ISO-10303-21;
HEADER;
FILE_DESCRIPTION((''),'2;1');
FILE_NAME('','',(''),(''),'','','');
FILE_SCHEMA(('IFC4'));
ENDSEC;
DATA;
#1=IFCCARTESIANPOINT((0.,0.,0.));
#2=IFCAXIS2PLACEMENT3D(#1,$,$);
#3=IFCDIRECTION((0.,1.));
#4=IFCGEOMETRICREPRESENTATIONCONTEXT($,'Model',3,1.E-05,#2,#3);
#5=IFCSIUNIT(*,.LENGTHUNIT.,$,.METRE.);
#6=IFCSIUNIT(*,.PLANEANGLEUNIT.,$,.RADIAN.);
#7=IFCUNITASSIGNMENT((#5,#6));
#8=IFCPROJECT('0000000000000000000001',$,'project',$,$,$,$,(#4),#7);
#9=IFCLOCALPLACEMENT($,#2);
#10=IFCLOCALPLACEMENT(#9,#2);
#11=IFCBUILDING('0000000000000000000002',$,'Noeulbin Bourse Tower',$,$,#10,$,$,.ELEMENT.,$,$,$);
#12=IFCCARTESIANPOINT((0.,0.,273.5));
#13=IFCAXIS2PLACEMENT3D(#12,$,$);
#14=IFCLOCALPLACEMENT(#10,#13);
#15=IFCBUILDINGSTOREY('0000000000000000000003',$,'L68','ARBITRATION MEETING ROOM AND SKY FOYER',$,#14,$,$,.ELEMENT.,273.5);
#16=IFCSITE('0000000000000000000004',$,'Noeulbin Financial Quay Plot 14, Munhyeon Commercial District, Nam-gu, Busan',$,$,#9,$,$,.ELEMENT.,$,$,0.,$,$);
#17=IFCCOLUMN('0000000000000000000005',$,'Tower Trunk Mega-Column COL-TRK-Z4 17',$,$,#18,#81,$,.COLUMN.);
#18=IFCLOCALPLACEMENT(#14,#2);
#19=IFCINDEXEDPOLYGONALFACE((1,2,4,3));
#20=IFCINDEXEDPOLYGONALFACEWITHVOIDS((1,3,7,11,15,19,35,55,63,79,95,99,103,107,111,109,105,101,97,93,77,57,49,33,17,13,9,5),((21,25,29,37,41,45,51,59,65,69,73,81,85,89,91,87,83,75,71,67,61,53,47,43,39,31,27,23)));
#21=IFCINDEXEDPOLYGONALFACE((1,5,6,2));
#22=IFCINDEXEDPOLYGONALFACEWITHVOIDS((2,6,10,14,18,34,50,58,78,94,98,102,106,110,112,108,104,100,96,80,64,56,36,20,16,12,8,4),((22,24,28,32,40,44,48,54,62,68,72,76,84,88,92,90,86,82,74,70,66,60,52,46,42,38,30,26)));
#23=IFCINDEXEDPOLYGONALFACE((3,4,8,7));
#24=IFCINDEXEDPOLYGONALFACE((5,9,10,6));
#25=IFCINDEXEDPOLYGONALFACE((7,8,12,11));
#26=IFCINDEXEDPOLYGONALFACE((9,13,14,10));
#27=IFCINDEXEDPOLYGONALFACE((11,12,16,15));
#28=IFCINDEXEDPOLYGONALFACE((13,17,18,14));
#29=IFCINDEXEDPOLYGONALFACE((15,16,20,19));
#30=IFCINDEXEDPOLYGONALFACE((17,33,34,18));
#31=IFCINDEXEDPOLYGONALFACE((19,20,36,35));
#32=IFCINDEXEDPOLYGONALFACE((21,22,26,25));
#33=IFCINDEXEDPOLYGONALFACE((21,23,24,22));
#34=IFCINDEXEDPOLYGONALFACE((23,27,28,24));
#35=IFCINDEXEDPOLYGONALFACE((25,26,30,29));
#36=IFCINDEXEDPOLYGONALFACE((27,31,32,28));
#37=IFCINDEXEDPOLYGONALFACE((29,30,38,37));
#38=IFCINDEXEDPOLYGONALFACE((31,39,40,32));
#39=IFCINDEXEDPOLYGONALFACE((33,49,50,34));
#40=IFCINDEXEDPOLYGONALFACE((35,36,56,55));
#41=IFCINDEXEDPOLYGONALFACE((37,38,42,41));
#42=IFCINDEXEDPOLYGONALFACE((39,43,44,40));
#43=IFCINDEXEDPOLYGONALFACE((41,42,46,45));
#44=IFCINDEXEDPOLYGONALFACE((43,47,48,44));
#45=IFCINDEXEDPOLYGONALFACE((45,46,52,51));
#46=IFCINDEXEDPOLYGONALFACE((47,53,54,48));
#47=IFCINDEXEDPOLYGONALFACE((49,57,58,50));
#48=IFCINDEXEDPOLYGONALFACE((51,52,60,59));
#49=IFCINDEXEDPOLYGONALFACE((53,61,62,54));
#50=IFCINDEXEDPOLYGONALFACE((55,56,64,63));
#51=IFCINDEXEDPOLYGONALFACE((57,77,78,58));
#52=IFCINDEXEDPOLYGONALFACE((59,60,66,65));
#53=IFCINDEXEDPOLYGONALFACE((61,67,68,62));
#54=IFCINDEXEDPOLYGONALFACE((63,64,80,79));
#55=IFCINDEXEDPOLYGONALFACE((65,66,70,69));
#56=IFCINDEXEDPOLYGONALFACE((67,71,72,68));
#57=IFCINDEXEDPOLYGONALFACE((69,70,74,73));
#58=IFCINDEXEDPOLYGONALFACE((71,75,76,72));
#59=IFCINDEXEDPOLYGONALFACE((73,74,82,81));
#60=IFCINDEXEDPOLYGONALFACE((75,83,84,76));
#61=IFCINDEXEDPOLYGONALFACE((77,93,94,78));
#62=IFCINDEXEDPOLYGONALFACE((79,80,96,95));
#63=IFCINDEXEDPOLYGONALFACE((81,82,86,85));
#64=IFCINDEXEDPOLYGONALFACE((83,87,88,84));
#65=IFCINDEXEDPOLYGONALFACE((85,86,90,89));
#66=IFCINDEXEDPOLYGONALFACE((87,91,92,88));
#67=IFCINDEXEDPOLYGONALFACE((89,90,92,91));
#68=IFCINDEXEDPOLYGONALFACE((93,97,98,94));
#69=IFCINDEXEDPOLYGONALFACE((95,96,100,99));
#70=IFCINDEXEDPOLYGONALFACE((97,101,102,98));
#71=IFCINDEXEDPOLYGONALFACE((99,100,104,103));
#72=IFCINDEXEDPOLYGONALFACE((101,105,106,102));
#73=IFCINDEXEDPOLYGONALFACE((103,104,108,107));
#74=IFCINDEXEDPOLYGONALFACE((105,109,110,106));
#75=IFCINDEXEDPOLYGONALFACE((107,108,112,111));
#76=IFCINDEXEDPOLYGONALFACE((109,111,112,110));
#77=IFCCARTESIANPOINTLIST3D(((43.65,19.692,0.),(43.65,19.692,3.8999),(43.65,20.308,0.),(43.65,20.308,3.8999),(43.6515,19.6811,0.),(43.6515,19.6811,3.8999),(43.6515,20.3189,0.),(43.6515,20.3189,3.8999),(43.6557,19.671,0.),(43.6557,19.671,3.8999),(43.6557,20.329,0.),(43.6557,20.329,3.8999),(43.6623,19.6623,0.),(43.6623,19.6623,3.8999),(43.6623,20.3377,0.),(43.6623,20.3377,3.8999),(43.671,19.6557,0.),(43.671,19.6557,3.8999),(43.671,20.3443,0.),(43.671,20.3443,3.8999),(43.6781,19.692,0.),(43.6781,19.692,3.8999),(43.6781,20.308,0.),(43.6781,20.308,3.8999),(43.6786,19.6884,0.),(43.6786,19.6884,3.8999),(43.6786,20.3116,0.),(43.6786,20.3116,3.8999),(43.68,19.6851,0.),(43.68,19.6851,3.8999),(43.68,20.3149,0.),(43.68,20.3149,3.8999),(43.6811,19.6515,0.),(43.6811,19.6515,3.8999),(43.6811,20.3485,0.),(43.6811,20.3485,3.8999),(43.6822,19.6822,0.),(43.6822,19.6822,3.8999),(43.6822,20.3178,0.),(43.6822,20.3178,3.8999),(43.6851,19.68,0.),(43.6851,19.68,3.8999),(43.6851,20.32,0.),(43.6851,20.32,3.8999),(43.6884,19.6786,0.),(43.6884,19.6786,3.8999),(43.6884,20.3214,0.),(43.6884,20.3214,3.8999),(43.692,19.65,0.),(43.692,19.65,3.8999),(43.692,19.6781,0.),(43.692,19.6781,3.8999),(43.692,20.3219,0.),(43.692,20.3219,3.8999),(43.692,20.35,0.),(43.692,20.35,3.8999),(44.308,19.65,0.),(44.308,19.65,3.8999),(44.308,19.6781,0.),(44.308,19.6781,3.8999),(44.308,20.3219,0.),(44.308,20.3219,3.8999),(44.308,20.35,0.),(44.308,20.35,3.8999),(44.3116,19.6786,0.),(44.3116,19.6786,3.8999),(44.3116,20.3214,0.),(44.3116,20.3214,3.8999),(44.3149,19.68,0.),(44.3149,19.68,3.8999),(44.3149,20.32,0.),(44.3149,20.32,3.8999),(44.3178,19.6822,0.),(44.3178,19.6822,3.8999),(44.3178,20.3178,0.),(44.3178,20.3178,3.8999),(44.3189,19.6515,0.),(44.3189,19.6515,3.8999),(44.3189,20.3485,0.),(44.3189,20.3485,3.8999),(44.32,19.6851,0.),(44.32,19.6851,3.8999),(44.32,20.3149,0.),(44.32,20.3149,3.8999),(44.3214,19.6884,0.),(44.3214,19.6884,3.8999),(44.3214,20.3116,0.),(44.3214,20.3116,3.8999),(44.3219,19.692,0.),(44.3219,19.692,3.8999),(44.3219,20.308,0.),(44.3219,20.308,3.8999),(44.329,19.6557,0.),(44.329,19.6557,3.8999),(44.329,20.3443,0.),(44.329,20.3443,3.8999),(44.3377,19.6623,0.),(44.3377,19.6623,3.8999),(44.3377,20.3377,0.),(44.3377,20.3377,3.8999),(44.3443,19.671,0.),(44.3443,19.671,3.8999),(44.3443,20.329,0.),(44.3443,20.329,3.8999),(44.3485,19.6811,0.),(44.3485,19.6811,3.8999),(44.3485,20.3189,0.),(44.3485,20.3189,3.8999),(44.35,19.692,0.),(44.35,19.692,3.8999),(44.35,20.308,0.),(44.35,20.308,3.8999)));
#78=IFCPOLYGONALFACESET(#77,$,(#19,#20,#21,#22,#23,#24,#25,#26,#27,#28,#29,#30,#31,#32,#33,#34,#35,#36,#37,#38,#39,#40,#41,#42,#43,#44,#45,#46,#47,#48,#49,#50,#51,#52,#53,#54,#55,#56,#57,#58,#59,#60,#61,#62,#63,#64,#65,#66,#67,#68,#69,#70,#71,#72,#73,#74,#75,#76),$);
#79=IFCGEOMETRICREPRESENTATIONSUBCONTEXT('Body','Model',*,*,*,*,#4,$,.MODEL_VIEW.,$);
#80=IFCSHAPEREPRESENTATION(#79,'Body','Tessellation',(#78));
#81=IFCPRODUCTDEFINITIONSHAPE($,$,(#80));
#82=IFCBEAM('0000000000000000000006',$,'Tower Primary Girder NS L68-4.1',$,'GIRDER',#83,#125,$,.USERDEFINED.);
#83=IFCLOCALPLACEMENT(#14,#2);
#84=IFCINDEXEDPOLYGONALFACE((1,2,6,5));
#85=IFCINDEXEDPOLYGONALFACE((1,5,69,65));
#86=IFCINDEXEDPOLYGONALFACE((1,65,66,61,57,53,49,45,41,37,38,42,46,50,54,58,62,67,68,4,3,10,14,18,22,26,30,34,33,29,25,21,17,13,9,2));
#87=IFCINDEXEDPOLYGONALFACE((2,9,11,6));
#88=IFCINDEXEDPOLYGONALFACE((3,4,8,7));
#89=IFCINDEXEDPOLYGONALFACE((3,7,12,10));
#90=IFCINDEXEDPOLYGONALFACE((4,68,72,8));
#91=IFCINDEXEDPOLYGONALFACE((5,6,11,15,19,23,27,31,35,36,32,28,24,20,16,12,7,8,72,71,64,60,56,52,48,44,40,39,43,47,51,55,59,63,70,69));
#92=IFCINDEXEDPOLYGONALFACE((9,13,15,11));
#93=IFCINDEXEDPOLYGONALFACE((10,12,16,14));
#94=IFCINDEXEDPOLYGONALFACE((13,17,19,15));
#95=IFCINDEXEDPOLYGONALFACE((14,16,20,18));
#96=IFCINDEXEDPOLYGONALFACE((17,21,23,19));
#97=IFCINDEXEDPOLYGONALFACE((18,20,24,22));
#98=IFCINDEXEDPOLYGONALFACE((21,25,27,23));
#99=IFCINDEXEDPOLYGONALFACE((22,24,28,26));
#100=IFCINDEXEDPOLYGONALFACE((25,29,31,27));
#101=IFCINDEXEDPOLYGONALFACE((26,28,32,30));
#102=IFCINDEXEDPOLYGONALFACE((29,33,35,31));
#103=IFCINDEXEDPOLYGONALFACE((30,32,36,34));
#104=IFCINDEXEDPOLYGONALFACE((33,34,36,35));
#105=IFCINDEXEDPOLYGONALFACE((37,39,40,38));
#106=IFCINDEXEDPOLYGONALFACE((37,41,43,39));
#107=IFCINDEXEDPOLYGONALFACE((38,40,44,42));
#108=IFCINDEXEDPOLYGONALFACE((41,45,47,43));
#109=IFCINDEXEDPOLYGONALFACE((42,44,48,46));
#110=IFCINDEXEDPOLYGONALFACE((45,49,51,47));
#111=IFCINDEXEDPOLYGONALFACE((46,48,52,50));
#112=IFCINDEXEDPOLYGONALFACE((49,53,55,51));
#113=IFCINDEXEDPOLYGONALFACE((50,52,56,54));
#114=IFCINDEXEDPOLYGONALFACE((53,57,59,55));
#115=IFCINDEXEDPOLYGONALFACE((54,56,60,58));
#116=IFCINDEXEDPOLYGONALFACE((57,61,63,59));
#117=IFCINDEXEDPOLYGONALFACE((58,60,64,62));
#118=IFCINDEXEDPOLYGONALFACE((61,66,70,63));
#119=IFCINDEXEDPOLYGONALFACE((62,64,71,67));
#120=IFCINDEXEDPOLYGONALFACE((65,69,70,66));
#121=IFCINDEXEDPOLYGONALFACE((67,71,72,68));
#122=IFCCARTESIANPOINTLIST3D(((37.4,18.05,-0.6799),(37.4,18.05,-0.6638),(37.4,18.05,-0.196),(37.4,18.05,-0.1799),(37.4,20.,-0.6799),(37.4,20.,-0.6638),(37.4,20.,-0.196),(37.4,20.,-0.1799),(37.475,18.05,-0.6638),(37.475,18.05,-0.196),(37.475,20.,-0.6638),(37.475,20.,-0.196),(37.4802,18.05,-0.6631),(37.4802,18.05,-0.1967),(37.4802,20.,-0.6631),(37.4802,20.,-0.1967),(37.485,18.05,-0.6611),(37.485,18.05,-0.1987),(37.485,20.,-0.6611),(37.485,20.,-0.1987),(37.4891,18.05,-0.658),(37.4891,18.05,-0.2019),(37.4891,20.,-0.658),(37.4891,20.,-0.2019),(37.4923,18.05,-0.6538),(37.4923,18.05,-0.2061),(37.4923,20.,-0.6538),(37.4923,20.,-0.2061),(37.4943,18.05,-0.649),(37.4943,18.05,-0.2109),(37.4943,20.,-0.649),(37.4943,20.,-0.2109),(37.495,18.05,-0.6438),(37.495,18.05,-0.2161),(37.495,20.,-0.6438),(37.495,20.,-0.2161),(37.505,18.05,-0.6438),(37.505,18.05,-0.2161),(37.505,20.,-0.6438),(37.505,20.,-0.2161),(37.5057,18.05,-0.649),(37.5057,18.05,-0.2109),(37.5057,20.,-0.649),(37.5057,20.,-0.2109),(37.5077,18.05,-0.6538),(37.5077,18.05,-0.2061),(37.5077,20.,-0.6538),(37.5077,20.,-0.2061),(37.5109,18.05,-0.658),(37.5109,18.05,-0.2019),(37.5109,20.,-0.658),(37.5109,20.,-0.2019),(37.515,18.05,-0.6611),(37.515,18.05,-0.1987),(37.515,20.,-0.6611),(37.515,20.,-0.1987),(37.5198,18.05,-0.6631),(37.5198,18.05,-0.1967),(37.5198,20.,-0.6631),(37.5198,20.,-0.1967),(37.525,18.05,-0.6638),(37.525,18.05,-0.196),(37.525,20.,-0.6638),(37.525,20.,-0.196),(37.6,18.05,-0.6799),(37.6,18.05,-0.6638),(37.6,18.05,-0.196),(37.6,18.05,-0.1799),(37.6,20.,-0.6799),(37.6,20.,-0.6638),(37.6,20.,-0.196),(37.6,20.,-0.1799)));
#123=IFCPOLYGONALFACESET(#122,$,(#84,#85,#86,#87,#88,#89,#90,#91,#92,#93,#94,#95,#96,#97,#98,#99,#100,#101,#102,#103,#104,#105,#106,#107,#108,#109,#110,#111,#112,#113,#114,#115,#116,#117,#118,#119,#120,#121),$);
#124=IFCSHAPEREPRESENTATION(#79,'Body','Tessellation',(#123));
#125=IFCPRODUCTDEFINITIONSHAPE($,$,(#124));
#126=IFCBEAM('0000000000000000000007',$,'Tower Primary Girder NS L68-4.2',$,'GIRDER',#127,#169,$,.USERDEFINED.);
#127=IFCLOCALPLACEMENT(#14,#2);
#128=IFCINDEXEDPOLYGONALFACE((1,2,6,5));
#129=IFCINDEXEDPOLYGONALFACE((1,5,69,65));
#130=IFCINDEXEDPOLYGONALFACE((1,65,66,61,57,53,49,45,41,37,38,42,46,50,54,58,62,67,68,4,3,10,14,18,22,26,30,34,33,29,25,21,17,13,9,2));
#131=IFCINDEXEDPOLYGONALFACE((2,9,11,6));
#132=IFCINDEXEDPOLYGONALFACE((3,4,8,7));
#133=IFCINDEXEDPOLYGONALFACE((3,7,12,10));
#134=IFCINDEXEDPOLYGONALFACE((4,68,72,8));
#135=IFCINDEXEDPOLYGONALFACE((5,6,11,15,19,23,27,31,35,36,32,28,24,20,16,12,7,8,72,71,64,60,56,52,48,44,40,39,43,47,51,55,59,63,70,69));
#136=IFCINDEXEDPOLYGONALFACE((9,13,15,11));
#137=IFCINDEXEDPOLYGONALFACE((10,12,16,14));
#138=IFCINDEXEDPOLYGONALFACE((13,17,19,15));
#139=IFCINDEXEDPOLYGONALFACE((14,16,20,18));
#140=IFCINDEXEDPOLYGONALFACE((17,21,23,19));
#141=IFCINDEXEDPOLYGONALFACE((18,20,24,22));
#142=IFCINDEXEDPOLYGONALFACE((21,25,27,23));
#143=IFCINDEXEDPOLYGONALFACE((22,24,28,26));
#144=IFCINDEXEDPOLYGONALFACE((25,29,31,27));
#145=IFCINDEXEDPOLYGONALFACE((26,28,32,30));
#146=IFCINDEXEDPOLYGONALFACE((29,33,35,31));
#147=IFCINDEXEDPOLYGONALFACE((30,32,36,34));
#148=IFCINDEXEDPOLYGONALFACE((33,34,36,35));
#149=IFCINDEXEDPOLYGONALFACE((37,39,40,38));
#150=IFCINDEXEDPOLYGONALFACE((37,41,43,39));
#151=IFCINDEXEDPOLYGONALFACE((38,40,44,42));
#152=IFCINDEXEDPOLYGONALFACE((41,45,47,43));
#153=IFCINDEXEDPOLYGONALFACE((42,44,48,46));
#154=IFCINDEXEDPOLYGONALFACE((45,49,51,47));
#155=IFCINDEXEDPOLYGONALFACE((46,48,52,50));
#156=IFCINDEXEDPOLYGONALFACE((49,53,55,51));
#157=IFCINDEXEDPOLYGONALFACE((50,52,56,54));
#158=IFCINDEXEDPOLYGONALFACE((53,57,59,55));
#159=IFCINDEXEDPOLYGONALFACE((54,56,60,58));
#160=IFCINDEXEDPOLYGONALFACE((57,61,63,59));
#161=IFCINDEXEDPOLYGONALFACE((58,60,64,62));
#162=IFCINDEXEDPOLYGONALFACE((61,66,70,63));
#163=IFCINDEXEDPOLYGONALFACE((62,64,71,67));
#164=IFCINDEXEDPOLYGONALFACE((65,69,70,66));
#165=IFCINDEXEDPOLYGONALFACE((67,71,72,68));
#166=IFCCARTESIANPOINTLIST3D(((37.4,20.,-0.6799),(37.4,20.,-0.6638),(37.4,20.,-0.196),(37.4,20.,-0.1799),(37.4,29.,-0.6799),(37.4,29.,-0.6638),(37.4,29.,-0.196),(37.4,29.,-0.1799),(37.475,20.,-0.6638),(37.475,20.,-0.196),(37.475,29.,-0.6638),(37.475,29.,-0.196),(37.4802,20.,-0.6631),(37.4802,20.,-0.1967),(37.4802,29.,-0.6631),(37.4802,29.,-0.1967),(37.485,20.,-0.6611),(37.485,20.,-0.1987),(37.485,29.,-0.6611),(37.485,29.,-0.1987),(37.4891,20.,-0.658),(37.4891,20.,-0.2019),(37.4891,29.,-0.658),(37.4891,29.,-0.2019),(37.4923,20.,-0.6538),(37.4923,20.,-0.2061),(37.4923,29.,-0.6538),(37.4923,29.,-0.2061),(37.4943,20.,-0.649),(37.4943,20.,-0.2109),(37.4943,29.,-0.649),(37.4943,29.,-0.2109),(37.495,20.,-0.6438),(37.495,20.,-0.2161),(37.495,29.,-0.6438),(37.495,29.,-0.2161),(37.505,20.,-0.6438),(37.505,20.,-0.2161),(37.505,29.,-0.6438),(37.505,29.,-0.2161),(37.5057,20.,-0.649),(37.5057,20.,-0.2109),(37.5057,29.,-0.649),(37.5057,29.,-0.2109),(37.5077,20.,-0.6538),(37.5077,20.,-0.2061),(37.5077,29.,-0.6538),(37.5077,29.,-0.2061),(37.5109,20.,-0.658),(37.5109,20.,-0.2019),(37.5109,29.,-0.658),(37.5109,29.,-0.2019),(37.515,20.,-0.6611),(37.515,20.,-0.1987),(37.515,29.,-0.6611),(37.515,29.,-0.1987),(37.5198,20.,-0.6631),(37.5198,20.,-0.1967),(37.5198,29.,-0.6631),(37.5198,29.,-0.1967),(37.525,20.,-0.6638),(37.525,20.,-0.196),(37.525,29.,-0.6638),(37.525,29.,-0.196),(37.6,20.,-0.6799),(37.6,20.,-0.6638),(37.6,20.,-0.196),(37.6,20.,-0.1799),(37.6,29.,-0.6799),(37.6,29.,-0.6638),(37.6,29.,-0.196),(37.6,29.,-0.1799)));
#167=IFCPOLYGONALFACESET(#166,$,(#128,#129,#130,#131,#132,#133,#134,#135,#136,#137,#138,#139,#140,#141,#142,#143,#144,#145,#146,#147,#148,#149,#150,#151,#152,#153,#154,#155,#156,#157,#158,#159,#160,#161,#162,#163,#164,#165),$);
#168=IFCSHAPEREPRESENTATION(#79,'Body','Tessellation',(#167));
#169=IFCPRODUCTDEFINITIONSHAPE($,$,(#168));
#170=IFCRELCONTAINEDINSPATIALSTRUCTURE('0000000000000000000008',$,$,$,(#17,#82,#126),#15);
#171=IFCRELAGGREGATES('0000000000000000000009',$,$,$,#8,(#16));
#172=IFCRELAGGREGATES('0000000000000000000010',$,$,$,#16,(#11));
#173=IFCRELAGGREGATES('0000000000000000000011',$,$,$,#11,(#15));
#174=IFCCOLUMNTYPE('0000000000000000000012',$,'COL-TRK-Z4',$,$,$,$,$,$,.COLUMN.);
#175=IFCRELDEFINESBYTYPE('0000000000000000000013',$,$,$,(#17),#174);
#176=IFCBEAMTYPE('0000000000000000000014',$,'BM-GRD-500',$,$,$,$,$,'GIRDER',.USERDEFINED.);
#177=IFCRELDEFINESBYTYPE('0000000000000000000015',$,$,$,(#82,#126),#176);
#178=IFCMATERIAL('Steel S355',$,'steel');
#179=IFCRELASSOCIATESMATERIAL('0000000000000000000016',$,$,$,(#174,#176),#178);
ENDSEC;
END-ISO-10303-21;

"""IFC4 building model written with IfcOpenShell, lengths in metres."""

from ifc_helpers import new_model, si_unit, direction, frame, origin, origin_2d, place, context, subcontext, project, spatial, hollow_rectangle, i_section, extrude, material, material_profile, profile_set, type_object, element, save


model = new_model("IFC4")

# Units and contexts
model_context = context("Model", 3, precision=1e-05, world=origin(), true_north=direction((0.0, 1.0)))
body_context = subcontext(model_context, "Body", "Model", "MODEL_VIEW")
ifc_project = project(units=[si_unit("LENGTHUNIT", "METRE"), si_unit("PLANEANGLEUNIT", "RADIAN")], contexts=[model_context])

# Site, building, storey
site_placement = place(None, origin())
site = spatial("IfcSite", under=ifc_project, at=site_placement, Name="Noeulbin Financial Quay Plot 14, Munhyeon Commercial District, Nam-gu, Busan", CompositionType="ELEMENT", RefElevation=0.0)
building_placement = place(site_placement, origin())
building = spatial("IfcBuilding", under=site, at=building_placement, Name="Noeulbin Bourse Tower", CompositionType="ELEMENT")
storey_placement = place(building_placement, frame((0.0, 0.0, 273.5)))
storey = spatial("IfcBuildingStorey", under=building, at=storey_placement, Name="L68", Description="ARBITRATION MEETING ROOM AND SKY FOYER", CompositionType="ELEMENT", Elevation=273.5)

# Column
ifc_material_1 = material(Name="Steel S355", Category="steel")
ifc_material_profile_1 = material_profile(ifc_material_1, hollow_rectangle(XDim=0.7, YDim=0.7, WallThickness=0.0281, InnerFilletRadius=0.0139, OuterFilletRadius=0.042, at=origin_2d()), Name="BOX-700x700x28", Category="LoadBearing")
ifc_profile_set_1 = profile_set([ifc_material_profile_1], Name="Steel S355")
column_type = type_object("IfcColumnType", Name="COL-TRK-Z4", PredefinedType="COLUMN", material=ifc_profile_set_1)
for number, where, z_axis, x_axis, name in (
    (1, (44.0, 20.0, 0.0), (0.0, 0.0, 1.0), (1.0, 0.0, 0.0), "Tower Trunk Mega-Column COL-TRK-Z4 17"),
):
    element("IfcColumn", number, at=place(storey_placement, frame(where, z_axis=z_axis, x_axis=x_axis)), inside=storey, type_object=column_type, Name=name, PredefinedType="COLUMN", context=body_context, shape_type="SweptSolid", body=[
        extrude(hollow_rectangle(XDim=0.7, YDim=0.7, WallThickness=0.0281, InnerFilletRadius=0.0139, OuterFilletRadius=0.042, at=origin_2d()), origin(), (0.0, 0.0, 1.0), 3.8999),
    ])

# Beams
ifc_material_profile_2 = material_profile(ifc_material_1, i_section(OverallWidth=0.2, OverallDepth=0.5, WebThickness=0.01, FlangeThickness=0.0161, FilletRadius=0.02, at=origin_2d()), Name="H-500x200x10x16", Category="LoadBearing")
ifc_profile_set_2 = profile_set([ifc_material_profile_2], Name="Steel S355")
beam_type_1 = type_object("IfcBeamType", Name="BM-GRD-500", ElementType="GIRDER", PredefinedType="USERDEFINED", material=ifc_profile_set_2)
beam_1_placement = place(storey_placement, frame((37.5, 18.05, -0.4299), z_axis=(0.0, 1.0, 0.0), x_axis=(-1.0, 0.0, 0.0)))
element("IfcBeam", 2, at=beam_1_placement, inside=storey, type_object=beam_type_1, Name="Tower Primary Girder NS L68-4.1", ObjectType="GIRDER", PredefinedType="USERDEFINED", context=body_context, shape_type="SweptSolid", body=[
    extrude(i_section(OverallWidth=0.2, OverallDepth=0.5, WebThickness=0.01, FlangeThickness=0.0161, FilletRadius=0.02, at=origin_2d()), origin(), (0.0, 0.0, 1.0), 1.95),
])
beam_2_placement = place(storey_placement, frame((37.5, 20.0, -0.4299), z_axis=(0.0, 1.0, 0.0), x_axis=(-1.0, 0.0, 0.0)))
element("IfcBeam", 3, at=beam_2_placement, inside=storey, type_object=beam_type_1, Name="Tower Primary Girder NS L68-4.2", ObjectType="GIRDER", PredefinedType="USERDEFINED", context=body_context, shape_type="SweptSolid", body=[
    extrude(i_section(OverallWidth=0.2, OverallDepth=0.5, WebThickness=0.01, FlangeThickness=0.0161, FilletRadius=0.02, at=origin_2d()), origin(), (0.0, 0.0, 1.0), 9.0),
])

save(model, "model.ifc")
